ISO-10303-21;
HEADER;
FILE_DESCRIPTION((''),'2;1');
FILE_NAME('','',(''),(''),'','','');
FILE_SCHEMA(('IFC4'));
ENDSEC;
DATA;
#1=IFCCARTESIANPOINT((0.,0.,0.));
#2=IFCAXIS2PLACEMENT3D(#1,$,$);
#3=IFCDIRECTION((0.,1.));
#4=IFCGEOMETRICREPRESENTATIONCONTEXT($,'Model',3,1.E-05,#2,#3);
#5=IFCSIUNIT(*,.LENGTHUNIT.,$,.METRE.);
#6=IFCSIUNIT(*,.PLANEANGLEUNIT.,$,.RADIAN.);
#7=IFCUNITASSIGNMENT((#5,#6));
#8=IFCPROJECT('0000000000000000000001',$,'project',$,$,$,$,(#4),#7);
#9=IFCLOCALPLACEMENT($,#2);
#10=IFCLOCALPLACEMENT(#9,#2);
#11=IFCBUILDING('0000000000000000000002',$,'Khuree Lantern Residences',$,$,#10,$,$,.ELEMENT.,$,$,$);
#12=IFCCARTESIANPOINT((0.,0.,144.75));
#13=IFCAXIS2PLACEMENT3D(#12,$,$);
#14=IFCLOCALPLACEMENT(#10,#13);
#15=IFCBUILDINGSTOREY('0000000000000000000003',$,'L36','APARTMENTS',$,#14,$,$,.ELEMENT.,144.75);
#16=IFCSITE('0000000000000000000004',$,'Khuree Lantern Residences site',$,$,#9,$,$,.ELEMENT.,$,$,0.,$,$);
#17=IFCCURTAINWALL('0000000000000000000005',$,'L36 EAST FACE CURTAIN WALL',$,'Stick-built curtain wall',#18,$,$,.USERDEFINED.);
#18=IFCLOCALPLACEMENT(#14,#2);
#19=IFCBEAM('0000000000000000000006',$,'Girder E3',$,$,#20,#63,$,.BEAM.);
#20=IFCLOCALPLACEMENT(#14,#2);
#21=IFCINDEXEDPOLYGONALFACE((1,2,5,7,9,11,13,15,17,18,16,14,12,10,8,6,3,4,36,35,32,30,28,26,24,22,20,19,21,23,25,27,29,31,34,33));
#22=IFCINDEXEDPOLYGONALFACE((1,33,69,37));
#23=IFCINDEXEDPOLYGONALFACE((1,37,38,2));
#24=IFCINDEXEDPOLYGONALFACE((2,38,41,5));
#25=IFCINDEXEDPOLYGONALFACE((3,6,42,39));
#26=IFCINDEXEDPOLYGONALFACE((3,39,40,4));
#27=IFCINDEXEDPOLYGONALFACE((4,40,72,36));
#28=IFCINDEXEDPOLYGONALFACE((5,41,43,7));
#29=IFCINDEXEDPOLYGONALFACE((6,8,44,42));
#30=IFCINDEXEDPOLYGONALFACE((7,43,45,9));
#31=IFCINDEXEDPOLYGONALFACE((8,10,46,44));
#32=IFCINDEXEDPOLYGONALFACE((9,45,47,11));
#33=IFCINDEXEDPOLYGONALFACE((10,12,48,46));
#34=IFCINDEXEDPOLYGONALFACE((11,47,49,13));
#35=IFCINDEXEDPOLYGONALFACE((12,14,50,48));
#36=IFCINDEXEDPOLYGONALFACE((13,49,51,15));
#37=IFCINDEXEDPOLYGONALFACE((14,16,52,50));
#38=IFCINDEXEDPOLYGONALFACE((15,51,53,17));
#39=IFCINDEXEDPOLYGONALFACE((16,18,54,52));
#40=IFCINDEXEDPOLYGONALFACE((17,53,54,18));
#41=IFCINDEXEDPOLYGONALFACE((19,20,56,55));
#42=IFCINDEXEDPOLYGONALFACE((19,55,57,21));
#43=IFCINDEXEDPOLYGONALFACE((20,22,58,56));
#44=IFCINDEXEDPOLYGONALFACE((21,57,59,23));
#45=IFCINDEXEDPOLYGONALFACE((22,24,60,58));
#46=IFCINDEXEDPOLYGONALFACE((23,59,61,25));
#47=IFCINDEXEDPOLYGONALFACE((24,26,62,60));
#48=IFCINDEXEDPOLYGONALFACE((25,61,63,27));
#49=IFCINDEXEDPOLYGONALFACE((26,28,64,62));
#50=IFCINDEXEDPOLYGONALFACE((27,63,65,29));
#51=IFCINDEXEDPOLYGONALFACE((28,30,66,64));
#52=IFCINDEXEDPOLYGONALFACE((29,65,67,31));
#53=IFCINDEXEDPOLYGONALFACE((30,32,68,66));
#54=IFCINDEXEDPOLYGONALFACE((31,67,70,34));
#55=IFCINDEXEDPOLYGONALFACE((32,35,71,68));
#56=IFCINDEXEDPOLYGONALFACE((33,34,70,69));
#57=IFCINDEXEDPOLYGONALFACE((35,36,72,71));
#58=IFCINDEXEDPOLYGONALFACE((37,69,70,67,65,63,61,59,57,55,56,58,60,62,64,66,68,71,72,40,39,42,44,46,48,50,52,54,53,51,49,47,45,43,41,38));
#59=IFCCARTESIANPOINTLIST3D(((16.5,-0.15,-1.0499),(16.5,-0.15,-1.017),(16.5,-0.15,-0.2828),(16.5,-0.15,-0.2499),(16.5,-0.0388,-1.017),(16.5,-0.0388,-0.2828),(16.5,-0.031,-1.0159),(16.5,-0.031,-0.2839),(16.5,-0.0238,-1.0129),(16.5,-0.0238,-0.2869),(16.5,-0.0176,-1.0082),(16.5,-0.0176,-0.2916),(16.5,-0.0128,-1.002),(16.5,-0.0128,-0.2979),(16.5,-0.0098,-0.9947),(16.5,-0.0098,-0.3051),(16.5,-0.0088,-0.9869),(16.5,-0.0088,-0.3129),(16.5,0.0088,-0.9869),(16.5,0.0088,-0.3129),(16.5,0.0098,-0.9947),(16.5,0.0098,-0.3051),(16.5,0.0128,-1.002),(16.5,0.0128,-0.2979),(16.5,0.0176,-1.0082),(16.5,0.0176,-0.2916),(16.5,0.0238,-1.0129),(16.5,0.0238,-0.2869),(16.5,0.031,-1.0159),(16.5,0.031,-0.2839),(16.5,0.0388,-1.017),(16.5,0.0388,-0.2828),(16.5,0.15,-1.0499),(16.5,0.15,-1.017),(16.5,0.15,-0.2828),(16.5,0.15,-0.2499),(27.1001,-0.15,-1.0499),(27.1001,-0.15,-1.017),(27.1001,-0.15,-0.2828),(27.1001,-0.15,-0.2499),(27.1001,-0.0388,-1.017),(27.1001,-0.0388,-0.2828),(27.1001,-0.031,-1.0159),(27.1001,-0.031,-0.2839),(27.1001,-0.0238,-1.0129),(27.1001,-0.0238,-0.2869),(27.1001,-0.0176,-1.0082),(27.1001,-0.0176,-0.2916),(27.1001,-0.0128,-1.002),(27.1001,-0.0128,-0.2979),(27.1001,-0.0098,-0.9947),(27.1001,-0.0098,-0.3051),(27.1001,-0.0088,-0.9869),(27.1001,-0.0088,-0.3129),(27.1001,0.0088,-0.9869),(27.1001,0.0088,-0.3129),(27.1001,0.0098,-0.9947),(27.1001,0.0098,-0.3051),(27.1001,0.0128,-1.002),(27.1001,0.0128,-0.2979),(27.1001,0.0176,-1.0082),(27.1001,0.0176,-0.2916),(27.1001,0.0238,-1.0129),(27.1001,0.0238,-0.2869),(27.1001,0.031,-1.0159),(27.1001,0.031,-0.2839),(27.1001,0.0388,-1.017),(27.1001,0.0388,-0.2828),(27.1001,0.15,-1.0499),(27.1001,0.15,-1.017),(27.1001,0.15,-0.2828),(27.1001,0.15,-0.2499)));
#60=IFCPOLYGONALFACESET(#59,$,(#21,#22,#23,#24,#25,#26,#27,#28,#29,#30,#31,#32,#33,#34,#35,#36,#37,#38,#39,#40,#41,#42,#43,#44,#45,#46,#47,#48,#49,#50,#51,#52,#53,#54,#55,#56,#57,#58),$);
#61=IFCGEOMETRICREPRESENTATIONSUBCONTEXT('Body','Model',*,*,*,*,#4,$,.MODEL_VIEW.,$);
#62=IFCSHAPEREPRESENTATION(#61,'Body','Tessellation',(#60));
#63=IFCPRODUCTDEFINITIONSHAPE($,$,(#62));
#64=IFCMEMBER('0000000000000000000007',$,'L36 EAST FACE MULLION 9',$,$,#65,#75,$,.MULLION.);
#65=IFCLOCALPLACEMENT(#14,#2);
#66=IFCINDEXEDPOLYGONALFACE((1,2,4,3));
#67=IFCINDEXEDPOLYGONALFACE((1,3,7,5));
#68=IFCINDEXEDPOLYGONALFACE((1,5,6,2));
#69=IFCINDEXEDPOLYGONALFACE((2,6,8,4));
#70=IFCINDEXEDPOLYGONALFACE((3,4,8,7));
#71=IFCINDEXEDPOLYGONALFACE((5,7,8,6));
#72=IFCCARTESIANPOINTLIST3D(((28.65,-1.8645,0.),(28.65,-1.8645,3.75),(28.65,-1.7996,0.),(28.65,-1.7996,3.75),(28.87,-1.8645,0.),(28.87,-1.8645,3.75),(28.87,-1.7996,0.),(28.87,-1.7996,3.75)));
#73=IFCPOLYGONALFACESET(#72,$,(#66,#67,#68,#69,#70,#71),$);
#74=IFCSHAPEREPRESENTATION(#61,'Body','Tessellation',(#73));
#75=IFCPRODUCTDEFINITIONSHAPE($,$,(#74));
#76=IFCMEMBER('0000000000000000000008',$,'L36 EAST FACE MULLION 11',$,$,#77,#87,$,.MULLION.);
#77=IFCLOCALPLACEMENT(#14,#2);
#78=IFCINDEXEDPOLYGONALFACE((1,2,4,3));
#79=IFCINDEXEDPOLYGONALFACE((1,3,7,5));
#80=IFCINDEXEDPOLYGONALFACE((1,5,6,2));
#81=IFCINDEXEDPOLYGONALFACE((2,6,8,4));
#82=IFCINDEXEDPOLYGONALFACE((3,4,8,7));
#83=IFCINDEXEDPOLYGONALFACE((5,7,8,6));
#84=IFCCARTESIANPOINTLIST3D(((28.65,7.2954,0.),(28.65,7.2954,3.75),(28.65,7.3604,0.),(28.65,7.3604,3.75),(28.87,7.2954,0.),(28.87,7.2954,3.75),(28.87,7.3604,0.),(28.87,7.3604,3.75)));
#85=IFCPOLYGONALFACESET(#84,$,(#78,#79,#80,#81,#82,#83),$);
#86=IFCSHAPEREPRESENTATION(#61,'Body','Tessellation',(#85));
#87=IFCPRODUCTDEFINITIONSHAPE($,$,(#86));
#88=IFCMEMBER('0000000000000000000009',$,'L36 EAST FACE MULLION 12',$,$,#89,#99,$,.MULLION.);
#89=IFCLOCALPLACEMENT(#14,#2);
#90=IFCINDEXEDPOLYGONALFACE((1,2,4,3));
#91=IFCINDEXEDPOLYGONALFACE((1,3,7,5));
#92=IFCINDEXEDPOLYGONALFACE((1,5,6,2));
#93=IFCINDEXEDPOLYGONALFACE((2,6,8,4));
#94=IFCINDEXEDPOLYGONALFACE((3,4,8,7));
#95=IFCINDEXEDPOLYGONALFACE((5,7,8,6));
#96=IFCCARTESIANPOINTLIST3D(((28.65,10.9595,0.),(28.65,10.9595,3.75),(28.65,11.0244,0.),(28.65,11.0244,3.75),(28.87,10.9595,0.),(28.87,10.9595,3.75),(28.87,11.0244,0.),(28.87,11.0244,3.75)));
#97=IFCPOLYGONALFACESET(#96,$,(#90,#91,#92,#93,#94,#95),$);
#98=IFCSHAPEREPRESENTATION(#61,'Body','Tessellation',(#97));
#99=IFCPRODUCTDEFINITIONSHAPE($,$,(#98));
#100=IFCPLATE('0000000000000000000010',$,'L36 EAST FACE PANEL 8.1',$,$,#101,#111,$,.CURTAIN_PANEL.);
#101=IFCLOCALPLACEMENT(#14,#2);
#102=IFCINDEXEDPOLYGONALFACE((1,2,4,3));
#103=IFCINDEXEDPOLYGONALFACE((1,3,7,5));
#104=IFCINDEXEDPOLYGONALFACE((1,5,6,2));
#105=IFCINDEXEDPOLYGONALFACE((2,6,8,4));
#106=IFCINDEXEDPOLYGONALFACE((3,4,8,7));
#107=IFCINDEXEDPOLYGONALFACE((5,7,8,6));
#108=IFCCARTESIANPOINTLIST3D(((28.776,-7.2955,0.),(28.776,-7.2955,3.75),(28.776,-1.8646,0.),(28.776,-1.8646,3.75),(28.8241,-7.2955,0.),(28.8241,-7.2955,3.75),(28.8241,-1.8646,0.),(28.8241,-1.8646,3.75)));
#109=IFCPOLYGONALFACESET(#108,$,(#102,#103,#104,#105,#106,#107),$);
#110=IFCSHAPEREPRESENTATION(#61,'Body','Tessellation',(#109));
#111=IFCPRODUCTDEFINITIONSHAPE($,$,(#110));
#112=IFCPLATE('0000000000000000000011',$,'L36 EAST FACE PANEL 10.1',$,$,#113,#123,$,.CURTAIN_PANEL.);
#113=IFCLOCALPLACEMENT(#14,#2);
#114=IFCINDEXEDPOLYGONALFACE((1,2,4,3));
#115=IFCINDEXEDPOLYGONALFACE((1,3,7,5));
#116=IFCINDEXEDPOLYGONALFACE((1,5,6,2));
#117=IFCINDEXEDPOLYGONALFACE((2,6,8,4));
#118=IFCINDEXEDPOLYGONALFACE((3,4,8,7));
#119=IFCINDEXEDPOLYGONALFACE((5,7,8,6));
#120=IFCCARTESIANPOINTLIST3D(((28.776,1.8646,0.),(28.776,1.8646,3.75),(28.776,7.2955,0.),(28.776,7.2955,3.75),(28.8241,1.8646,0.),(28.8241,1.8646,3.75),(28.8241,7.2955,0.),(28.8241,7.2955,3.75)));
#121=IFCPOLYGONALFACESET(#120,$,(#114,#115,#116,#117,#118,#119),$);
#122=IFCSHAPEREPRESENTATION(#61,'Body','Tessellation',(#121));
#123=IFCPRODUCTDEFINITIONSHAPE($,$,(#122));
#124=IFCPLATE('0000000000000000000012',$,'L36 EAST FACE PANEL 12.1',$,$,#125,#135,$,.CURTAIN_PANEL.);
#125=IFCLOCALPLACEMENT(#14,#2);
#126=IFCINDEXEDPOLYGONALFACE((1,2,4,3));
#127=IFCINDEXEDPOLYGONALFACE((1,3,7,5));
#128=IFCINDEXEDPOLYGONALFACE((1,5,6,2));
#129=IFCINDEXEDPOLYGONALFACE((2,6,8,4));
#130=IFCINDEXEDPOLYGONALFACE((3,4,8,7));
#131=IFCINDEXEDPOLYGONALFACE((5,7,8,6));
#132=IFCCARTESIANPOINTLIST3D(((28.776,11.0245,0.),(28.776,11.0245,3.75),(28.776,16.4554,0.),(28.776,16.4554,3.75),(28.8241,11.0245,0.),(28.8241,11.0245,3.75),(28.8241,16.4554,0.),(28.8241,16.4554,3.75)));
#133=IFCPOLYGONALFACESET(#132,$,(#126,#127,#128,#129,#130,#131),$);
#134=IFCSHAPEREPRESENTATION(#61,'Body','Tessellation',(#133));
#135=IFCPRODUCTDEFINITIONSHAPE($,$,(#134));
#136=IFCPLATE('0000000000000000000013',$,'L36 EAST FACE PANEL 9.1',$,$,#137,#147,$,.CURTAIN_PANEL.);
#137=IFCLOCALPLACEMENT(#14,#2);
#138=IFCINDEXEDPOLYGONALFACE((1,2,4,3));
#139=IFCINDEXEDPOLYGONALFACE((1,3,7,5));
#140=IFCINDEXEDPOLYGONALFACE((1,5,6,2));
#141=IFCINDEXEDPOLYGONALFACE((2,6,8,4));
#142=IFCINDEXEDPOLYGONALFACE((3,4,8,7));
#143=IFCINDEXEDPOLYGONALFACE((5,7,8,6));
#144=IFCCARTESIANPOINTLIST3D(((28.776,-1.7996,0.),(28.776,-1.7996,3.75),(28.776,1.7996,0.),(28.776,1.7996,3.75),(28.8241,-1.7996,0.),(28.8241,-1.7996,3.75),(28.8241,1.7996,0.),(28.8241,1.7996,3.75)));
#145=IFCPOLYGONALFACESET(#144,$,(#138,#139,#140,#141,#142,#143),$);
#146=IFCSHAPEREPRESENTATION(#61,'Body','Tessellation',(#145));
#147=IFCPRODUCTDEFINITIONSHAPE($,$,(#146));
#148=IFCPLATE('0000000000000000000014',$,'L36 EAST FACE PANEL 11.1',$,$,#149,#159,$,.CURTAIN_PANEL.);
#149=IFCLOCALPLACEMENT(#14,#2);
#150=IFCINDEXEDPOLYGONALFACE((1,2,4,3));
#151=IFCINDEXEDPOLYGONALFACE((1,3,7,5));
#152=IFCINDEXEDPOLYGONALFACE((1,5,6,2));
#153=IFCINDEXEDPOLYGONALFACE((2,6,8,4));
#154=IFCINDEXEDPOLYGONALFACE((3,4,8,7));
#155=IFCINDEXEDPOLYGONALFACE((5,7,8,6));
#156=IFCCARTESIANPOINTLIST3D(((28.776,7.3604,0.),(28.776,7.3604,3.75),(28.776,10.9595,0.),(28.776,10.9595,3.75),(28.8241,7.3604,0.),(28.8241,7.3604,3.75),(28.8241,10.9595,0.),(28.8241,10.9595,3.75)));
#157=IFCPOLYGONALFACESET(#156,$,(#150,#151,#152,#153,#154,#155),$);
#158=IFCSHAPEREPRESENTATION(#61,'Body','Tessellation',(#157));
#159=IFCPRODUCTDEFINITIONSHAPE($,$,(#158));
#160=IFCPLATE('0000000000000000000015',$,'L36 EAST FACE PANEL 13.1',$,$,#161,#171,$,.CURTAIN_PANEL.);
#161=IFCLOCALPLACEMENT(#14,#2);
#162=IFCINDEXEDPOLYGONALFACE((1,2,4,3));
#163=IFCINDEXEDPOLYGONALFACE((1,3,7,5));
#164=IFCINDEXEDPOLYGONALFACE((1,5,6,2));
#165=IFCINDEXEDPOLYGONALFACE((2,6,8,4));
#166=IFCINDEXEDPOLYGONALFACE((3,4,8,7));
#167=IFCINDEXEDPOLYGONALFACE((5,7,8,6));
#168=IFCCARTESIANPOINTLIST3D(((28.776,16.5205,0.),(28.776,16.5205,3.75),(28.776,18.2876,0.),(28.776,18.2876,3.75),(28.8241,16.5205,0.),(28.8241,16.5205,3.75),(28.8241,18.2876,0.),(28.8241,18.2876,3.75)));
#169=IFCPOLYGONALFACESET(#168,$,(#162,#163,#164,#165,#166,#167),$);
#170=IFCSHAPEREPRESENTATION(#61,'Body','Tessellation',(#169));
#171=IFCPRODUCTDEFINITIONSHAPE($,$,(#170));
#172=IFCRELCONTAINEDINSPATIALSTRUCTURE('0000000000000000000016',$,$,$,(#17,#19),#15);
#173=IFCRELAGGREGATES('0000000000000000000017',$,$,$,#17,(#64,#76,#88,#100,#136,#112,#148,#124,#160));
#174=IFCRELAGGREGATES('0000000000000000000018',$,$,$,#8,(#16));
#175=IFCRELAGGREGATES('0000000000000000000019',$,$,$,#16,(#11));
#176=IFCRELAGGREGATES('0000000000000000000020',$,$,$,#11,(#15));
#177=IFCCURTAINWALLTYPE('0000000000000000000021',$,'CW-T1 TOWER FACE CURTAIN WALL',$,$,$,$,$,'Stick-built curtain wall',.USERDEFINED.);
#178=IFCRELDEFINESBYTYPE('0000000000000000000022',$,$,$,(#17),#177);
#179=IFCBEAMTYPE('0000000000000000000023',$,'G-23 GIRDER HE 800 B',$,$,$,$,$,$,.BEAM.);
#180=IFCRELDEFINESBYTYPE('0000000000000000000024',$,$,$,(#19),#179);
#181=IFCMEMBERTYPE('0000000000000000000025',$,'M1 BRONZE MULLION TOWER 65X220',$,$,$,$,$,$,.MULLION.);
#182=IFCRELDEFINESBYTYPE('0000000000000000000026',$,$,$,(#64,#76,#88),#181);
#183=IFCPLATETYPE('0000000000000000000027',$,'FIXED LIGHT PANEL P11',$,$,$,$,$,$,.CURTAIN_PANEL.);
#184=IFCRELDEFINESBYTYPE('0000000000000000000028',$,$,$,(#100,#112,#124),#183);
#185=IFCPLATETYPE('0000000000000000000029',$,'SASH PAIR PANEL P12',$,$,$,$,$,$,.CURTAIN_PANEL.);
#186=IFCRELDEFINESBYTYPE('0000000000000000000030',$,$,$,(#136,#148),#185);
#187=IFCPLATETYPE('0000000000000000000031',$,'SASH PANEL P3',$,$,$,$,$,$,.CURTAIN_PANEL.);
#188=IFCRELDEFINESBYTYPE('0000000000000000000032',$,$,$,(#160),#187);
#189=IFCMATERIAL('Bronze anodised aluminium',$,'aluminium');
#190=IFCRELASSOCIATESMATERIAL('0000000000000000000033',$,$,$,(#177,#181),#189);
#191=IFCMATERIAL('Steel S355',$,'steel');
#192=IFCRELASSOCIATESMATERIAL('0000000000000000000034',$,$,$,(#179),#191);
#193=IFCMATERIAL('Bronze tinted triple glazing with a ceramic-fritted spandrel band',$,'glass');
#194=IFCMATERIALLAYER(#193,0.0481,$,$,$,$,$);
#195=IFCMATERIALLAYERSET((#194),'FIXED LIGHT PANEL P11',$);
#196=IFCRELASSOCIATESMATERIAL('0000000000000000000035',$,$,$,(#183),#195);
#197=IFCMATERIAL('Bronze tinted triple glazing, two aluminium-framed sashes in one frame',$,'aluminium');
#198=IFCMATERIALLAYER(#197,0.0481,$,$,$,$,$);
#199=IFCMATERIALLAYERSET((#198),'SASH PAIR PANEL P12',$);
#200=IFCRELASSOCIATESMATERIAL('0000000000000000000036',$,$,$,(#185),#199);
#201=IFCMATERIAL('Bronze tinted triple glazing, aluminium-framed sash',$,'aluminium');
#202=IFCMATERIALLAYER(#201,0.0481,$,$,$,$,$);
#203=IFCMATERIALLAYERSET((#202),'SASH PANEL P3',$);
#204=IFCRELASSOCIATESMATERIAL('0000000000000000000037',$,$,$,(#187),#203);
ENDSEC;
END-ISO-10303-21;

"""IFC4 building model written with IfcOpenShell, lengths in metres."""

from ifc_helpers import new_model, si_unit, direction, frame, origin, origin_2d, place, context, subcontext, project, spatial, rectangle, i_section, extrude, material, layer, layer_set, material_profile, profile_set, type_object, element, aggregate, save


model = new_model("IFC4")

# Units and contexts
model_context = context("Model", 3, precision=1e-05, world=origin(), true_north=direction((0.0, 1.0)))
body_context = subcontext(model_context, "Body", "Model", "MODEL_VIEW")
ifc_project = project(units=[si_unit("LENGTHUNIT", "METRE"), si_unit("PLANEANGLEUNIT", "RADIAN")], contexts=[model_context])

# Site, building, storey
site_placement = place(None, origin())
site = spatial("IfcSite", under=ifc_project, at=site_placement, Name="Khuree Lantern Residences site", CompositionType="ELEMENT", RefElevation=0.0)
building_placement = place(site_placement, origin())
building = spatial("IfcBuilding", under=site, at=building_placement, Name="Khuree Lantern Residences", CompositionType="ELEMENT")
storey_placement = place(building_placement, frame((0.0, 0.0, 144.75)))
storey = spatial("IfcBuildingStorey", under=building, at=storey_placement, Name="L36", Description="APARTMENTS", CompositionType="ELEMENT", Elevation=144.75)

# Shared definitions
ifc_material_1 = material(Name="Steel S355", Category="steel")

# Curtain wall
ifc_material_2 = material(Name="Bronze anodised aluminium", Category="aluminium")
curtain_wall_type = type_object("IfcCurtainWallType", Name="CW-T1 TOWER FACE CURTAIN WALL", ElementType="Stick-built curtain wall", PredefinedType="USERDEFINED", material=ifc_material_2)
curtain_wall_placement = place(storey_placement, origin())
curtain_wall = element("IfcCurtainWall", 1, at=curtain_wall_placement, inside=storey, type_object=curtain_wall_type, Name="L36 EAST FACE CURTAIN WALL", ObjectType="Stick-built curtain wall", PredefinedType="USERDEFINED")

# Beam
ifc_material_profile_1 = material_profile(ifc_material_1, i_section(OverallWidth=0.3, OverallDepth=0.8, WebThickness=0.0176, FlangeThickness=0.033, FilletRadius=0.03, at=origin_2d()), Name="HE 800 B")
ifc_profile_set_1 = profile_set([ifc_material_profile_1], Name="Steel S355")
beam_type_1 = type_object("IfcBeamType", Name="G-23 GIRDER HE 800 B", PredefinedType="BEAM", material=ifc_profile_set_1)
for number, where, z_axis, x_axis, name in (
    (2, (27.1001, 0.0, -0.6499), (-1.0, 0.0, 0.0), (0.0, -1.0, 0.0), "Girder E3"),
):
    element("IfcBeam", number, at=place(storey_placement, frame(where, z_axis=z_axis, x_axis=x_axis)), inside=storey, type_object=beam_type_1, Name=name, PredefinedType="BEAM", context=body_context, shape_type="SweptSolid", body=[
        extrude(i_section(OverallWidth=0.3, OverallDepth=0.8, WebThickness=0.0176, FlangeThickness=0.033, FilletRadius=0.03, at=origin_2d()), origin(), (0.0, 0.0, 1.0), 10.6001),
    ])

# Members
ifc_material_profile_2 = material_profile(ifc_material_2, rectangle(XDim=0.0649, YDim=0.22, at=origin_2d()), Name="M1 65X220")
ifc_profile_set_2 = profile_set([ifc_material_profile_2], Name="Bronze anodised aluminium")
member_type_1 = type_object("IfcMemberType", Name="M1 BRONZE MULLION TOWER 65X220", PredefinedType="MULLION", material=ifc_profile_set_2)
member_1_placement = place(storey_placement, frame((28.76, -1.832, 0.0), z_axis=(0.0, 0.0, 1.0), x_axis=(0.0, 1.0, 0.0)))
member_1 = element("IfcMember", 3, at=member_1_placement, type_object=member_type_1, Name="L36 EAST FACE MULLION 9", PredefinedType="MULLION", context=body_context, shape_type="SweptSolid", body=[
    extrude(rectangle(XDim=0.0649, YDim=0.22, at=origin_2d()), origin(), (0.0, 0.0, 1.0), 3.75),
])
member_2_placement = place(storey_placement, frame((28.76, 7.3279, 0.0), z_axis=(0.0, 0.0, 1.0), x_axis=(0.0, 1.0, 0.0)))
member_2 = element("IfcMember", 4, at=member_2_placement, type_object=member_type_1, Name="L36 EAST FACE MULLION 11", PredefinedType="MULLION", context=body_context, shape_type="SweptSolid", body=[
    extrude(rectangle(XDim=0.0649, YDim=0.22, at=origin_2d()), origin(), (0.0, 0.0, 1.0), 3.75),
])
member_3_placement = place(storey_placement, frame((28.76, 10.9919, 0.0), z_axis=(0.0, 0.0, 1.0), x_axis=(0.0, 1.0, 0.0)))
member_3 = element("IfcMember", 5, at=member_3_placement, type_object=member_type_1, Name="L36 EAST FACE MULLION 12", PredefinedType="MULLION", context=body_context, shape_type="SweptSolid", body=[
    extrude(rectangle(XDim=0.0649, YDim=0.22, at=origin_2d()), origin(), (0.0, 0.0, 1.0), 3.75),
])

# Plates
ifc_material_3 = material(Name="Bronze tinted triple glazing with a ceramic-fritted spandrel band", Category="glass")
ifc_layer_1 = layer(ifc_material_3, 0.0481)
ifc_layer_set_1 = layer_set([ifc_layer_1], Name="FIXED LIGHT PANEL P11")
plate_type_1 = type_object("IfcPlateType", Name="FIXED LIGHT PANEL P11", PredefinedType="CURTAIN_PANEL", material=ifc_layer_set_1)
plate_1_placement = place(storey_placement, frame((28.8, -4.5801, 0.0), z_axis=(0.0, 0.0, 1.0), x_axis=(0.0, 1.0, 0.0)))
plate_1 = element("IfcPlate", 6, at=plate_1_placement, type_object=plate_type_1, Name="L36 EAST FACE PANEL 8.1", PredefinedType="CURTAIN_PANEL", context=body_context, shape_type="SweptSolid", body=[
    extrude(rectangle(XDim=5.4309, YDim=0.0481, at=origin_2d()), origin(), (0.0, 0.0, 1.0), 3.75),
])
plate_2_placement = place(storey_placement, frame((28.8, 4.5801, 0.0), z_axis=(0.0, 0.0, 1.0), x_axis=(0.0, 1.0, 0.0)))
plate_2 = element("IfcPlate", 7, at=plate_2_placement, type_object=plate_type_1, Name="L36 EAST FACE PANEL 10.1", PredefinedType="CURTAIN_PANEL", context=body_context, shape_type="SweptSolid", body=[
    extrude(rectangle(XDim=5.4309, YDim=0.0481, at=origin_2d()), origin(), (0.0, 0.0, 1.0), 3.75),
])
plate_3_placement = place(storey_placement, frame((28.8, 13.74, 0.0), z_axis=(0.0, 0.0, 1.0), x_axis=(0.0, 1.0, 0.0)))
plate_3 = element("IfcPlate", 8, at=plate_3_placement, type_object=plate_type_1, Name="L36 EAST FACE PANEL 12.1", PredefinedType="CURTAIN_PANEL", context=body_context, shape_type="SweptSolid", body=[
    extrude(rectangle(XDim=5.4309, YDim=0.0481, at=origin_2d()), origin(), (0.0, 0.0, 1.0), 3.75),
])
ifc_material_4 = material(Name="Bronze tinted triple glazing, two aluminium-framed sashes in one frame", Category="aluminium")
ifc_layer_2 = layer(ifc_material_4, 0.0481)
ifc_layer_set_2 = layer_set([ifc_layer_2], Name="SASH PAIR PANEL P12")
plate_type_2 = type_object("IfcPlateType", Name="SASH PAIR PANEL P12", PredefinedType="CURTAIN_PANEL", material=ifc_layer_set_2)
plate_4_placement = place(storey_placement, frame((28.8, 0.0, 0.0), z_axis=(0.0, 0.0, 1.0), x_axis=(0.0, 1.0, 0.0)))
plate_4 = element("IfcPlate", 9, at=plate_4_placement, type_object=plate_type_2, Name="L36 EAST FACE PANEL 9.1", PredefinedType="CURTAIN_PANEL", context=body_context, shape_type="SweptSolid", body=[
    extrude(rectangle(XDim=3.5991, YDim=0.0481, at=origin_2d()), origin(), (0.0, 0.0, 1.0), 3.75),
])
plate_5_placement = place(storey_placement, frame((28.8, 9.1599, 0.0), z_axis=(0.0, 0.0, 1.0), x_axis=(0.0, 1.0, 0.0)))
plate_5 = element("IfcPlate", 10, at=plate_5_placement, type_object=plate_type_2, Name="L36 EAST FACE PANEL 11.1", PredefinedType="CURTAIN_PANEL", context=body_context, shape_type="SweptSolid", body=[
    extrude(rectangle(XDim=3.5991, YDim=0.0481, at=origin_2d()), origin(), (0.0, 0.0, 1.0), 3.75),
])
ifc_material_5 = material(Name="Bronze tinted triple glazing, aluminium-framed sash", Category="aluminium")
ifc_layer_3 = layer(ifc_material_5, 0.0481)
ifc_layer_set_3 = layer_set([ifc_layer_3], Name="SASH PANEL P3")
plate_type_3 = type_object("IfcPlateType", Name="SASH PANEL P3", PredefinedType="CURTAIN_PANEL", material=ifc_layer_set_3)
plate_6_placement = place(storey_placement, frame((28.8, 17.4041, 0.0), z_axis=(0.0, 0.0, 1.0), x_axis=(0.0, 1.0, 0.0)))
plate_6 = element("IfcPlate", 11, at=plate_6_placement, type_object=plate_type_3, Name="L36 EAST FACE PANEL 13.1", PredefinedType="CURTAIN_PANEL", context=body_context, shape_type="SweptSolid", body=[
    extrude(rectangle(XDim=1.7671, YDim=0.0481, at=origin_2d()), origin(), (0.0, 0.0, 1.0), 3.75),
])
aggregate(curtain_wall, [member_1, member_2, member_3, plate_1, plate_4, plate_2, plate_5, plate_3, plate_6])

save(model, "model.ifc")
